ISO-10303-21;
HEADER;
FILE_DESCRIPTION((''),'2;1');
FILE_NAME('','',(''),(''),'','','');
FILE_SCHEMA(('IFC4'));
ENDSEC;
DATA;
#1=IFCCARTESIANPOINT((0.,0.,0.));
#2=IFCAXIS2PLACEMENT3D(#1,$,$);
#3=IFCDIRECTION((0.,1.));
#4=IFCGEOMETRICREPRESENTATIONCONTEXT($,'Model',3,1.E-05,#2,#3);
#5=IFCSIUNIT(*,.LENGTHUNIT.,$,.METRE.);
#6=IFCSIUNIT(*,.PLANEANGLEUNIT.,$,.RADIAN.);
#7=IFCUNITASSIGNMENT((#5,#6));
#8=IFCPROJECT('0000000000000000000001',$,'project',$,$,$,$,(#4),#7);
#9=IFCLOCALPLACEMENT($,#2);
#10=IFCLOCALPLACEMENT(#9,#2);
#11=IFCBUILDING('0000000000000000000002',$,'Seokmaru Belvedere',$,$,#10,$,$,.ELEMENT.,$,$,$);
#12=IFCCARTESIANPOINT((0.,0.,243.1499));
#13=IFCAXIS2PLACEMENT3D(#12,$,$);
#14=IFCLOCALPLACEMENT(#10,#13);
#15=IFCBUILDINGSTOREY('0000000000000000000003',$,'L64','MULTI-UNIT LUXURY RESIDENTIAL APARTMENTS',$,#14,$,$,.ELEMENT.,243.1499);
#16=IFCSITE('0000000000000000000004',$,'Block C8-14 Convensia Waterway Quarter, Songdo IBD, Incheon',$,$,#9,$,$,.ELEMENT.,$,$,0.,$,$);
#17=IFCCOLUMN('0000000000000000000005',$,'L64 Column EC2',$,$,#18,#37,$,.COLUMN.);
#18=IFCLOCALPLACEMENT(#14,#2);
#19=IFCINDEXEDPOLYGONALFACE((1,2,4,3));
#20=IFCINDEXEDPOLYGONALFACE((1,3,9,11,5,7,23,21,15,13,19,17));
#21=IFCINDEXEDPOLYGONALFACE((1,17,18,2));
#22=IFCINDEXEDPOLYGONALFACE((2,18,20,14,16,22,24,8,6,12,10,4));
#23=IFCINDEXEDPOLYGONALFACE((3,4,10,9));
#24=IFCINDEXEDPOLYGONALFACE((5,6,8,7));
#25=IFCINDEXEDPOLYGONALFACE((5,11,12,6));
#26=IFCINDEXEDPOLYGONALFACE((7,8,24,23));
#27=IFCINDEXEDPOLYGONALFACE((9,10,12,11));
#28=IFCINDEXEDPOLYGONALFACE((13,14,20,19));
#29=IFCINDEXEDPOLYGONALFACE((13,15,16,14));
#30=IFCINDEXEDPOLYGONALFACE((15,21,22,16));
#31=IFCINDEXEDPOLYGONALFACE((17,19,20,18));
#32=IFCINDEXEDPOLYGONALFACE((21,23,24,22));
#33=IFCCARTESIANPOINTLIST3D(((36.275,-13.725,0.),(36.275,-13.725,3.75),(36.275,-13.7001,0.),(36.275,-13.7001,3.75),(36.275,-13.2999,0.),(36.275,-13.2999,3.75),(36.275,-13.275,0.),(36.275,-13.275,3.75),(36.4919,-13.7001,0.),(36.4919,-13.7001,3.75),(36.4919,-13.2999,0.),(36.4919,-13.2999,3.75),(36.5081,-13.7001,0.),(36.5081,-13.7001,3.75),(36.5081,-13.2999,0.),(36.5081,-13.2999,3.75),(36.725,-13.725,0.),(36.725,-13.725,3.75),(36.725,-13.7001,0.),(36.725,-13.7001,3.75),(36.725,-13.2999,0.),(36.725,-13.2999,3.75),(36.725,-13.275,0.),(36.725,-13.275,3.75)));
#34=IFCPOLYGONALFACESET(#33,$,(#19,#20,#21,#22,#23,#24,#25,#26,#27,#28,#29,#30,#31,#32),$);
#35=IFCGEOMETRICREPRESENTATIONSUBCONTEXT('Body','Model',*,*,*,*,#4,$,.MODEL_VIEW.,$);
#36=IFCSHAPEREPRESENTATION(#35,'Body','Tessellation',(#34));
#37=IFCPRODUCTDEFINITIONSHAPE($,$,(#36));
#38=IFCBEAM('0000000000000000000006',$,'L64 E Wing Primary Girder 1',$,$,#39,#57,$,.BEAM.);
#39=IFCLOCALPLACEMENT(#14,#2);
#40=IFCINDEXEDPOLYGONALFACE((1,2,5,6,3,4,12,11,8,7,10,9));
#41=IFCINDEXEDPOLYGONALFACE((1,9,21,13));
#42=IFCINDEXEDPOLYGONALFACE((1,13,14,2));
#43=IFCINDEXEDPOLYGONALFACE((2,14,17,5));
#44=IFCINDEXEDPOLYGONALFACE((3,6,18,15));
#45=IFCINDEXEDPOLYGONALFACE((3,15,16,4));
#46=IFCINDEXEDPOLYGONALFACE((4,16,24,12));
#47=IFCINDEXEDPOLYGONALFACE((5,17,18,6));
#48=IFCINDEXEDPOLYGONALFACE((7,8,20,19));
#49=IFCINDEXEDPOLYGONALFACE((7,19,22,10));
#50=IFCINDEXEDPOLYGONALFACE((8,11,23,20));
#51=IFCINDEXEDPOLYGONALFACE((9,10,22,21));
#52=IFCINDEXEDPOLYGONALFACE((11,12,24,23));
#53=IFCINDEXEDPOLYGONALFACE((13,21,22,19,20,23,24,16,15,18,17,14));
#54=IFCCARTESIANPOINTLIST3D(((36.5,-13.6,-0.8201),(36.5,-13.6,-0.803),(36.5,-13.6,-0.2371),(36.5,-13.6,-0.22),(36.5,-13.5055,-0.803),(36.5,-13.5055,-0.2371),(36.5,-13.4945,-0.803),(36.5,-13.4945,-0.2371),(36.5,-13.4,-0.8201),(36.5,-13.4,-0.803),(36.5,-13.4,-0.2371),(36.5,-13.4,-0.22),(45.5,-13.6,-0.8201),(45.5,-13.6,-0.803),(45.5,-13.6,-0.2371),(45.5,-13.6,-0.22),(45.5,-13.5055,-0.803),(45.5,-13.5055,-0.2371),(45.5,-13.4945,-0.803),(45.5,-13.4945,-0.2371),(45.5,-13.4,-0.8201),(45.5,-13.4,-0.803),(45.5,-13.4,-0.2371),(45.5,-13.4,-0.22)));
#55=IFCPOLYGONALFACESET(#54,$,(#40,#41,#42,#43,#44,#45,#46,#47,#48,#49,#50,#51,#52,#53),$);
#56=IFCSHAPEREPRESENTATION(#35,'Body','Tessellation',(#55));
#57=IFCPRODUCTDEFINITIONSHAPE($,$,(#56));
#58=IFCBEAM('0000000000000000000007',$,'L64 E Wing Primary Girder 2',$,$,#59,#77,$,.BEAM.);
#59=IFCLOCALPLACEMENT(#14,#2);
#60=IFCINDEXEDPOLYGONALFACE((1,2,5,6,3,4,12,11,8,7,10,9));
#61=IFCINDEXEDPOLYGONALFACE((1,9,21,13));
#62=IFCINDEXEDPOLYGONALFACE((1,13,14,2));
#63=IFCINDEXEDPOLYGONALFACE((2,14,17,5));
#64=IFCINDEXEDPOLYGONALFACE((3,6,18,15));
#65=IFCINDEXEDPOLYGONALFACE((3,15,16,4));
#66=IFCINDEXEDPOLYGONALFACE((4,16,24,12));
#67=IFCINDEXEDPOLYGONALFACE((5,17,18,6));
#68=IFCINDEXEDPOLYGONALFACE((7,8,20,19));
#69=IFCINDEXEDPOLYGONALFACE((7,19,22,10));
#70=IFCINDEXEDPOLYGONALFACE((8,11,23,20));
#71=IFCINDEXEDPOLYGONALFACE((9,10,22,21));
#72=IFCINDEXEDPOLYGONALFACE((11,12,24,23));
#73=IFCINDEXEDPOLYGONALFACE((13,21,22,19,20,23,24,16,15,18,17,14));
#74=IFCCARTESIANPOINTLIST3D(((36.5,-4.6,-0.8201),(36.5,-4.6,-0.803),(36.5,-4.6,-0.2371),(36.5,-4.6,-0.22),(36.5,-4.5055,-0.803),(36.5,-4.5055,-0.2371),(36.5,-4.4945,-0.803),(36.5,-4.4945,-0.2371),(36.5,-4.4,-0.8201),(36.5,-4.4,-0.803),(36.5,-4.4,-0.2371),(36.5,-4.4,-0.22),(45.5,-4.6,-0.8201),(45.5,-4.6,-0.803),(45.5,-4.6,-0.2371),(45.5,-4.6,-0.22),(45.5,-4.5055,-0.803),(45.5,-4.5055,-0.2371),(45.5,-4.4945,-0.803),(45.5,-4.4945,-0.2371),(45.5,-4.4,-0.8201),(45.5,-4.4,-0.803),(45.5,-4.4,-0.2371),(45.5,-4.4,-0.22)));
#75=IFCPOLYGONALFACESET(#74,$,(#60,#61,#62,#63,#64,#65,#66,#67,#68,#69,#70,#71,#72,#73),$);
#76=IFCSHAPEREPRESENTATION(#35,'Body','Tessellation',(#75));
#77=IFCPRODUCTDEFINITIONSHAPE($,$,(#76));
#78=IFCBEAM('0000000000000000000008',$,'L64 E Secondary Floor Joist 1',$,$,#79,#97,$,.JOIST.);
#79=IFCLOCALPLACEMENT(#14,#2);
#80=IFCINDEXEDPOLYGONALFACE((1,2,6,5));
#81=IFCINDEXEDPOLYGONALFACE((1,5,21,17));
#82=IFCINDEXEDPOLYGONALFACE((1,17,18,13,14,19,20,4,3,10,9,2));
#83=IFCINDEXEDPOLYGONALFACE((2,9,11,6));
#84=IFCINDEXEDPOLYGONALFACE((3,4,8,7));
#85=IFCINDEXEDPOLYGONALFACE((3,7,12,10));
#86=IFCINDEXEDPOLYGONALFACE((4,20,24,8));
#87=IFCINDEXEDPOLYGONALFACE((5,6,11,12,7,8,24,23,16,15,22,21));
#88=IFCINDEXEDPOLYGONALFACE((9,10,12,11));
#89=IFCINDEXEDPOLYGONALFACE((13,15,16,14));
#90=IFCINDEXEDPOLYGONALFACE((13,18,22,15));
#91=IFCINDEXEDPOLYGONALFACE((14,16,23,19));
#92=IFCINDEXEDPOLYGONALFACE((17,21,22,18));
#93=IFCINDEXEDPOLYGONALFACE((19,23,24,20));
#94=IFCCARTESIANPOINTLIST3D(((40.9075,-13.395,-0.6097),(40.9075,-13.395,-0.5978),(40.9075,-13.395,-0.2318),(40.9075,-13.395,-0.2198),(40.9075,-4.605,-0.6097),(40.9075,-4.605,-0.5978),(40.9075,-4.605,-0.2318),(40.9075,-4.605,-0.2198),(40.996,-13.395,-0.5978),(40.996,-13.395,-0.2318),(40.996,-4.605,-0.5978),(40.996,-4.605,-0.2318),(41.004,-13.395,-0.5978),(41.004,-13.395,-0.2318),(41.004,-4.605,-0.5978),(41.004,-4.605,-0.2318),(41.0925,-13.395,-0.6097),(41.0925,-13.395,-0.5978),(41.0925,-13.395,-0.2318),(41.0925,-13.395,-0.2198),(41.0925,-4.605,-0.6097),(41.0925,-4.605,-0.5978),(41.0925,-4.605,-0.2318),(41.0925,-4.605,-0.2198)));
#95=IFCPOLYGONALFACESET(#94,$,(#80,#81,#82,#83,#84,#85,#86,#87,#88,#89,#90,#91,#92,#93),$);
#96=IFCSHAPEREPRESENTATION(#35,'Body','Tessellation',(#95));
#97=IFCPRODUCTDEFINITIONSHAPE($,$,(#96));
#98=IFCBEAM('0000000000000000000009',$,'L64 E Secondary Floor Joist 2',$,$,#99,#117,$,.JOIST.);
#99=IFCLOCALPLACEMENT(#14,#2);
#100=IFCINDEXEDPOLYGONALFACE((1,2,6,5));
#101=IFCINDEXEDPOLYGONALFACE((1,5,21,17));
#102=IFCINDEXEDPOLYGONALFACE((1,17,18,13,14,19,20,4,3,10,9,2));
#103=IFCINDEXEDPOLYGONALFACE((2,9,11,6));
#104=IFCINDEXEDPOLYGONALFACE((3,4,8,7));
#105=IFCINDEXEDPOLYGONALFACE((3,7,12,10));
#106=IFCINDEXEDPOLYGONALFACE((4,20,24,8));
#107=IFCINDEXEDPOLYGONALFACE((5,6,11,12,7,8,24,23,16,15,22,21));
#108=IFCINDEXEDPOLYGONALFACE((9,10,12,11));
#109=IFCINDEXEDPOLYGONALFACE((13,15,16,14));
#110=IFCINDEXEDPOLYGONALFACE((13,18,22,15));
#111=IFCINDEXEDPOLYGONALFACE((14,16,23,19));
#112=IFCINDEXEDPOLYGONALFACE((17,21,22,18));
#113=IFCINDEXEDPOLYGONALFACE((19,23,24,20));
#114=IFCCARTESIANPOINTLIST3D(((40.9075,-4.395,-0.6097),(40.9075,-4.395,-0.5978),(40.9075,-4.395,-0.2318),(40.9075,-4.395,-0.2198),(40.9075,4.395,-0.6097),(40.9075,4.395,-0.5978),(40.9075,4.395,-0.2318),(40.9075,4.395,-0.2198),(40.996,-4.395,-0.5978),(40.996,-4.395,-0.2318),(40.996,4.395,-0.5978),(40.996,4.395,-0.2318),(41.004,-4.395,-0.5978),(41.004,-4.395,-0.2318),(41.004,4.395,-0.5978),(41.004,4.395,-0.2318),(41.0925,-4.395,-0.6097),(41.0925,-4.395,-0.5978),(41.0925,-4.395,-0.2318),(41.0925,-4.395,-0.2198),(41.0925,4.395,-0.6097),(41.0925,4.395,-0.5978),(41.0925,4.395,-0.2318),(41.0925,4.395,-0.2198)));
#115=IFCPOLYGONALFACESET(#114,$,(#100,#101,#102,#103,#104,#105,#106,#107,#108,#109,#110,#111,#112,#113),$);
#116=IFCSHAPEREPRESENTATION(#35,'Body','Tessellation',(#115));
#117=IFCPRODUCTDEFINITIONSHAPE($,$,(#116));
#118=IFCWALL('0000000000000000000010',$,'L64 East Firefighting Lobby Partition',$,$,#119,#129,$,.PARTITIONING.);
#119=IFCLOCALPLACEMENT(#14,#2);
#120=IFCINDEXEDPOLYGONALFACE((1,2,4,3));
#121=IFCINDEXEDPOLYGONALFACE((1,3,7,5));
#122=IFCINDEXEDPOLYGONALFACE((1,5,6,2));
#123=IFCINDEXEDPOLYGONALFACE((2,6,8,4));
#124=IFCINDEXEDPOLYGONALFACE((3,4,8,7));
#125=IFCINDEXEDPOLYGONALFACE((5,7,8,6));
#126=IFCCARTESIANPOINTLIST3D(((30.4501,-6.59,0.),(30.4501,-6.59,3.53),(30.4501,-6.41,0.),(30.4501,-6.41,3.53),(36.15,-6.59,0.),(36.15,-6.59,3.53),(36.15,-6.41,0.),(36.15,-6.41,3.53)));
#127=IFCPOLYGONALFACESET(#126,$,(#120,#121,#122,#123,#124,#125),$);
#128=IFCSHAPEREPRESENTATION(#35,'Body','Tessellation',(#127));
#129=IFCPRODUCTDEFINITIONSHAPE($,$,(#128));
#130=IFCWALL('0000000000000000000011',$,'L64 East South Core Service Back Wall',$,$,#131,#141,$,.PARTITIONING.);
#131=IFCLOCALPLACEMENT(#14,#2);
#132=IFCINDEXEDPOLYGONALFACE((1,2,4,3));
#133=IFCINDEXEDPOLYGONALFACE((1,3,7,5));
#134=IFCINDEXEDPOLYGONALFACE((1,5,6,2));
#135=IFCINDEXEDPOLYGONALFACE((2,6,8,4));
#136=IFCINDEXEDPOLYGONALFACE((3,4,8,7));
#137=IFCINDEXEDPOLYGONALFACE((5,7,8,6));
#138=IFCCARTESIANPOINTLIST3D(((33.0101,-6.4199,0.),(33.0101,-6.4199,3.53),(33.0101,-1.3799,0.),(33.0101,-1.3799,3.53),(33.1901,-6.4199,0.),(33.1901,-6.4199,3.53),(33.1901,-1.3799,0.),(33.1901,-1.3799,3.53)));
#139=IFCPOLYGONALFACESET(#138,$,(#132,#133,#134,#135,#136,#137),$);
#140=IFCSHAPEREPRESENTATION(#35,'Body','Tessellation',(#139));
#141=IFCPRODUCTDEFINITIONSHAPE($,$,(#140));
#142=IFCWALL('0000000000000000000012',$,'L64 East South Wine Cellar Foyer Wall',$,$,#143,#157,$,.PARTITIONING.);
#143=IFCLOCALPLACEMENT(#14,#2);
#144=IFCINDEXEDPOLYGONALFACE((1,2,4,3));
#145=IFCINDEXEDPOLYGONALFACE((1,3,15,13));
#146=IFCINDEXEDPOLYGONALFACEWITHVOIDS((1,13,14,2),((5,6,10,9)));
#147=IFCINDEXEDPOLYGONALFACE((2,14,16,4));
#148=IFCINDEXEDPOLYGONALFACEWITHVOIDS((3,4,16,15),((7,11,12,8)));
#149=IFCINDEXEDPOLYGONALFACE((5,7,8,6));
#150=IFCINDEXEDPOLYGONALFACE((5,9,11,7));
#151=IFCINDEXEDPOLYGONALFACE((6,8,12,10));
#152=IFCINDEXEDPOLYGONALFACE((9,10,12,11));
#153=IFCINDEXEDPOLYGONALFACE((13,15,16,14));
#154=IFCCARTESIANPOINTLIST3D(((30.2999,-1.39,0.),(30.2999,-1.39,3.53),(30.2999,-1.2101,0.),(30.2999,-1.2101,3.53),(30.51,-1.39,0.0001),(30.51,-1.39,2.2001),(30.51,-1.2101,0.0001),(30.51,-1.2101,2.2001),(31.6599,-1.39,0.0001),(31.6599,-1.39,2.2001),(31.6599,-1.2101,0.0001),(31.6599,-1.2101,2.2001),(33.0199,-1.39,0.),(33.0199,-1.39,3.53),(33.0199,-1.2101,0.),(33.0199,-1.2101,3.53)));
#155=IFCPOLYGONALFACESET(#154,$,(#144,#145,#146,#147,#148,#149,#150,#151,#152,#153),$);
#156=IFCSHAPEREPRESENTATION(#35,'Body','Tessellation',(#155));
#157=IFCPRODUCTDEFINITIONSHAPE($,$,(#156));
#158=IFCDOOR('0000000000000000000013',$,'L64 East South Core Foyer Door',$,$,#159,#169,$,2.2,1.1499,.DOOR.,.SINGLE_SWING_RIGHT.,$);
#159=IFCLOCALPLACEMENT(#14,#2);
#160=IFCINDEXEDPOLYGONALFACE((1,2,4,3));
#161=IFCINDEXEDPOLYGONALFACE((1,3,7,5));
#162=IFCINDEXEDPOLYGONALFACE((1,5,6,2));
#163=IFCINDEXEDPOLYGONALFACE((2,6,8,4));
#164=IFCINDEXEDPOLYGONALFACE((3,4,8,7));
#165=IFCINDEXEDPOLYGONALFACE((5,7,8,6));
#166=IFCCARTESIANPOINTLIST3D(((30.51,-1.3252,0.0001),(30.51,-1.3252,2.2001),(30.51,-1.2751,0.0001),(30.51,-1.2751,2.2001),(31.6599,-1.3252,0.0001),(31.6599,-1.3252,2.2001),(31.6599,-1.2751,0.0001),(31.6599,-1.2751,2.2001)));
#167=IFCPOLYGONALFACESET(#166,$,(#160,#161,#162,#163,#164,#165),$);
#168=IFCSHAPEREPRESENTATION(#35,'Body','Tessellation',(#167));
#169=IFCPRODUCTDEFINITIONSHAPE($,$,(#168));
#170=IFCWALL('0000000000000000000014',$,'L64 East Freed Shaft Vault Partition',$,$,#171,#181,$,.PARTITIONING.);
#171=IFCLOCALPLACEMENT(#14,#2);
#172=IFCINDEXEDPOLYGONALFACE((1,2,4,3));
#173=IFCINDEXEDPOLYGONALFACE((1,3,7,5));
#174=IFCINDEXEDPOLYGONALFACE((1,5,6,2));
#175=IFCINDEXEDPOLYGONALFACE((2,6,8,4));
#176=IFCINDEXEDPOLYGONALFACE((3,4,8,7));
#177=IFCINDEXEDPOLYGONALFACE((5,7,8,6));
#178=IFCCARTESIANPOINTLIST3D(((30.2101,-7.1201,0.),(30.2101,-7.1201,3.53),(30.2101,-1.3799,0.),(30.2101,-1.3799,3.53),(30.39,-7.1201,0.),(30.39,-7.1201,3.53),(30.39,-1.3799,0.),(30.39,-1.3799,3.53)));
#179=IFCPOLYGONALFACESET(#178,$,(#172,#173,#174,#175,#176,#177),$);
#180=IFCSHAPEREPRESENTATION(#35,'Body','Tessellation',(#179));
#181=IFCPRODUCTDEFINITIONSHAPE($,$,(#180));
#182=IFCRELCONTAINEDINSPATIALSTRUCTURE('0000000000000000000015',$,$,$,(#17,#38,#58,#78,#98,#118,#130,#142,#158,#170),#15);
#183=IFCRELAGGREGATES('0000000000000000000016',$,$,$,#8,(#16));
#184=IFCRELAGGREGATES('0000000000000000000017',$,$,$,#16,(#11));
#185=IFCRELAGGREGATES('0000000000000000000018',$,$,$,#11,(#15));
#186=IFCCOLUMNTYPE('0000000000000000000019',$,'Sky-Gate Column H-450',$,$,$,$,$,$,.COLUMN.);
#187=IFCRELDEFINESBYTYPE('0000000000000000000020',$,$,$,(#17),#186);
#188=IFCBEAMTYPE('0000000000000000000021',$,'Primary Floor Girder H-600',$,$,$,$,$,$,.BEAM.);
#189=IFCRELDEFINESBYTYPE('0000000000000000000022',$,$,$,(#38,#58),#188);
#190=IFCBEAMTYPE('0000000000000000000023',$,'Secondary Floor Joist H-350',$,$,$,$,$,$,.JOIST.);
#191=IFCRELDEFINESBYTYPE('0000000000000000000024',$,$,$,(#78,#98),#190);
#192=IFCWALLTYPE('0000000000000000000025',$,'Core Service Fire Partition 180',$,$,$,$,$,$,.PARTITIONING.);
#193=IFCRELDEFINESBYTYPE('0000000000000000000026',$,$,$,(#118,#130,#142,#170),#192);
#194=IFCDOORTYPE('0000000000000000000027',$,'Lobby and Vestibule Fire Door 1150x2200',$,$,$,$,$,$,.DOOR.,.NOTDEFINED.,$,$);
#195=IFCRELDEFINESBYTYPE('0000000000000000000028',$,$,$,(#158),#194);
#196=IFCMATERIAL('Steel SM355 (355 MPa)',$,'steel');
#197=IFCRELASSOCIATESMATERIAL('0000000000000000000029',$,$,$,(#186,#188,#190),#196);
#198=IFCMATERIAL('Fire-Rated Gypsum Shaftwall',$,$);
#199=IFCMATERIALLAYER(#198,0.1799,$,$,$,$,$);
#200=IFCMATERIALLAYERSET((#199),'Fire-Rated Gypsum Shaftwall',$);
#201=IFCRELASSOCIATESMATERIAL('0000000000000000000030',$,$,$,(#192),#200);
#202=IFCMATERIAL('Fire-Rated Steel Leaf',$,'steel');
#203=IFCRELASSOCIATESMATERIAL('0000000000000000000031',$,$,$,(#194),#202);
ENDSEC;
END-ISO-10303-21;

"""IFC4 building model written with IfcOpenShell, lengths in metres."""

from ifc_helpers import new_model, si_unit, direction, frame, frame_2d, origin, origin_2d, place, context, subcontext, project, spatial, rectangle, i_section, extrude, source, transform, mapped, material, layer, layer_set, material_profile, profile_set, type_object, type_shapes, element, fill, save


model = new_model("IFC4")

# Units and contexts
model_context = context("Model", 3, precision=1e-05, world=origin(), true_north=direction((0.0, 1.0)))
body_context = subcontext(model_context, "Body", "Model", "MODEL_VIEW")
ifc_project = project(units=[si_unit("LENGTHUNIT", "METRE"), si_unit("PLANEANGLEUNIT", "RADIAN")], contexts=[model_context])

# Site, building, storey
site_placement = place(None, origin())
site = spatial("IfcSite", under=ifc_project, at=site_placement, Name="Block C8-14 Convensia Waterway Quarter, Songdo IBD, Incheon", CompositionType="ELEMENT", RefElevation=0.0)
building_placement = place(site_placement, origin())
building = spatial("IfcBuilding", under=site, at=building_placement, Name="Seokmaru Belvedere", CompositionType="ELEMENT")
storey_placement = place(building_placement, frame((0.0, 0.0, 243.1499)))
storey = spatial("IfcBuildingStorey", under=building, at=storey_placement, Name="L64", Description="MULTI-UNIT LUXURY RESIDENTIAL APARTMENTS", CompositionType="ELEMENT", Elevation=243.1499)

# Column
ifc_material_1 = material(Name="Steel SM355 (355 MPa)", Category="steel")
ifc_material_profile_1 = material_profile(ifc_material_1, i_section(OverallWidth=0.45, OverallDepth=0.45, WebThickness=0.0161, FlangeThickness=0.0249, at=origin_2d()), Name="H-450x450x16x25")
ifc_profile_set_1 = profile_set([ifc_material_profile_1], Name="Steel SM355 (355 MPa)")
column_type = type_object("IfcColumnType", Name="Sky-Gate Column H-450", PredefinedType="COLUMN", material=ifc_profile_set_1)
shared_shape_1 = source(origin(), body_context, "Body", "SweptSolid", [
    extrude(i_section(OverallWidth=0.45, OverallDepth=0.45, WebThickness=0.0161, FlangeThickness=0.0249, at=origin_2d()), origin(), (0.0, 0.0, 1.0), 3.75),
])
type_shapes(column_type, [shared_shape_1])
column_placement = place(storey_placement, frame((36.5, -13.5, 0.0), z_axis=(0.0, 0.0, 1.0), x_axis=(1.0, 0.0, 0.0)))
element("IfcColumn", 1, at=column_placement, inside=storey, type_object=column_type, Name="L64 Column EC2", PredefinedType="COLUMN", context=body_context, shape_type="MappedRepresentation", body=[
    mapped(shared_shape_1, transform((0.0, 0.0, 0.0), scale=1.0)),
])

# Beams
ifc_material_profile_2 = material_profile(ifc_material_1, i_section(OverallWidth=0.2, OverallDepth=0.6001, WebThickness=0.011, FlangeThickness=0.0171, at=origin_2d()), Name="H-600x200x11x17")
ifc_profile_set_2 = profile_set([ifc_material_profile_2], Name="Steel SM355 (355 MPa)")
beam_type_1 = type_object("IfcBeamType", Name="Primary Floor Girder H-600", PredefinedType="BEAM", material=ifc_profile_set_2)
shared_shape_2 = source(origin(), body_context, "Body", "SweptSolid", [
    extrude(i_section(OverallWidth=0.2, OverallDepth=0.6001, WebThickness=0.011, FlangeThickness=0.0171, at=origin_2d()), origin(), (0.0, 0.0, 1.0), 9.0),
])
type_shapes(beam_type_1, [shared_shape_2])
for number, where, z_axis, x_axis, name in (
    (2, (36.5, -13.5, -0.52), (1.0, 0.0, 0.0), (0.0, 1.0, 0.0), "L64 E Wing Primary Girder 1"),
    (3, (36.5, -4.5, -0.52), (1.0, 0.0, 0.0), (0.0, 1.0, 0.0), "L64 E Wing Primary Girder 2"),
):
    element("IfcBeam", number, at=place(storey_placement, frame(where, z_axis=z_axis, x_axis=x_axis)), inside=storey, type_object=beam_type_1, Name=name, PredefinedType="BEAM", context=body_context, shape_type="MappedRepresentation", body=[
        mapped(shared_shape_2, transform((0.0, 0.0, 0.0), scale=1.0)),
    ])
ifc_material_profile_3 = material_profile(ifc_material_1, i_section(OverallWidth=0.1851, OverallDepth=0.3899, WebThickness=0.0081, FlangeThickness=0.012, at=origin_2d()), Name="H-390x185x8x12")
ifc_profile_set_3 = profile_set([ifc_material_profile_3], Name="Steel SM355 (355 MPa)")
beam_type_2 = type_object("IfcBeamType", Name="Secondary Floor Joist H-350", PredefinedType="JOIST", material=ifc_profile_set_3)
shared_shape_3 = source(origin(), body_context, "Body", "SweptSolid", [
    extrude(i_section(OverallWidth=0.1851, OverallDepth=0.3899, WebThickness=0.0081, FlangeThickness=0.012, at=origin_2d()), origin(), (0.0, 0.0, 1.0), 8.79),
])
type_shapes(beam_type_2, [shared_shape_3])
for number, where, z_axis, x_axis, name in (
    (4, (41.0, -13.395, -0.4148), (0.0, 1.0, 0.0), (-1.0, 0.0, 0.0), "L64 E Secondary Floor Joist 1"),
    (5, (41.0, -4.395, -0.4148), (0.0, 1.0, 0.0), (-1.0, 0.0, 0.0), "L64 E Secondary Floor Joist 2"),
):
    element("IfcBeam", number, at=place(storey_placement, frame(where, z_axis=z_axis, x_axis=x_axis)), inside=storey, type_object=beam_type_2, Name=name, PredefinedType="JOIST", context=body_context, shape_type="MappedRepresentation", body=[
        mapped(shared_shape_3, transform((0.0, 0.0, 0.0), scale=1.0)),
    ])

# Walls
ifc_material_2 = material(Name="Fire-Rated Gypsum Shaftwall")
ifc_layer_1 = layer(ifc_material_2, 0.1799)
ifc_layer_set_1 = layer_set([ifc_layer_1], Name="Fire-Rated Gypsum Shaftwall")
wall_type_1 = type_object("IfcWallType", Name="Core Service Fire Partition 180", PredefinedType="PARTITIONING", material=ifc_layer_set_1)
wall_1_placement = place(storey_placement, frame((30.45, -6.5, 0.0), z_axis=(0.0, 0.0, 1.0), x_axis=(1.0, 0.0, 0.0)))
element("IfcWall", 6, at=wall_1_placement, inside=storey, type_object=wall_type_1, Name="L64 East Firefighting Lobby Partition", PredefinedType="PARTITIONING", context=body_context, shape_type="SweptSolid", body=[
    extrude(rectangle(XDim=5.7, YDim=0.1799, at=frame_2d((2.8501, 0.0))), origin(), (0.0, 0.0, 1.0), 3.53),
])
wall_2_placement = place(storey_placement, frame((33.1001, -6.4199, 0.0), z_axis=(0.0, 0.0, 1.0), x_axis=(0.0, 1.0, 0.0)))
element("IfcWall", 7, at=wall_2_placement, inside=storey, type_object=wall_type_1, Name="L64 East South Core Service Back Wall", PredefinedType="PARTITIONING", context=body_context, shape_type="SweptSolid", body=[
    extrude(rectangle(XDim=5.04, YDim=0.1799, at=frame_2d((2.52, 0.0))), origin(), (0.0, 0.0, 1.0), 3.53),
])

# Wall, opening, door
wall_3_placement = place(storey_placement, frame((30.3, -1.3, 0.0), z_axis=(0.0, 0.0, 1.0), x_axis=(1.0, 0.0, 0.0)))
wall_3 = element("IfcWall", 8, at=wall_3_placement, inside=storey, type_object=wall_type_1, Name="L64 East South Wine Cellar Foyer Wall", PredefinedType="PARTITIONING", context=body_context, shape_type="SweptSolid", body=[
    extrude(rectangle(XDim=2.72, YDim=0.1799, at=frame_2d((1.3599, 0.0))), origin(), (0.0, 0.0, 1.0), 3.53),
])
opening_1_placement = place(wall_3_placement, frame((0.21, 0.0, 0.0)))
opening_1 = element("IfcOpeningElement", 9, at=opening_1_placement, cuts=wall_3, PredefinedType="OPENING", context=body_context, shape_type="SweptSolid", body=[
    extrude(rectangle(XDim=1.1499, YDim=2.2, at=frame_2d((0.575, 1.1001))), frame((0.0, 0.1001, 0.0), z_axis=(0.0, -1.0, 0.0), x_axis=(1.0, 0.0, 0.0)), (0.0, 0.0, 1.0), 0.2),
])
ifc_material_3 = material(Name="Fire-Rated Steel Leaf", Category="steel")
door_type_1 = type_object("IfcDoorType", Name="Lobby and Vestibule Fire Door 1150x2200", OperationType="NOTDEFINED", PredefinedType="DOOR", material=ifc_material_3)
shared_shape_4 = source(origin(), body_context, "Body", "SweptSolid", [
    extrude(rectangle(XDim=1.1499, YDim=2.2, at=frame_2d((0.575, 1.1001))), frame((0.0, 0.0249, 0.0), z_axis=(0.0, -1.0, 0.0), x_axis=(1.0, 0.0, 0.0)), (0.0, 0.0, 1.0), 0.05),
])
type_shapes(door_type_1, [shared_shape_4])
door_1_placement = place(opening_1_placement, origin())
door_1 = element("IfcDoor", 10, at=door_1_placement, inside=storey, type_object=door_type_1, Name="L64 East South Core Foyer Door", OperationType="SINGLE_SWING_RIGHT", OverallHeight=2.2, OverallWidth=1.1499, PredefinedType="DOOR", context=body_context, shape_type="MappedRepresentation", body=[
    mapped(shared_shape_4, transform((0.0, 0.0, 0.0), scale=1.0)),
])
fill(opening_1, door_1)

# Wall
wall_4_placement = place(storey_placement, frame((30.3, -7.1201, 0.0), z_axis=(0.0, 0.0, 1.0), x_axis=(0.0, 1.0, 0.0)))
element("IfcWall", 11, at=wall_4_placement, inside=storey, type_object=wall_type_1, Name="L64 East Freed Shaft Vault Partition", PredefinedType="PARTITIONING", context=body_context, shape_type="SweptSolid", body=[
    extrude(rectangle(XDim=5.7402, YDim=0.1799, at=frame_2d((2.8701, 0.0))), origin(), (0.0, 0.0, 1.0), 3.53),
])

save(model, "model.ifc")
